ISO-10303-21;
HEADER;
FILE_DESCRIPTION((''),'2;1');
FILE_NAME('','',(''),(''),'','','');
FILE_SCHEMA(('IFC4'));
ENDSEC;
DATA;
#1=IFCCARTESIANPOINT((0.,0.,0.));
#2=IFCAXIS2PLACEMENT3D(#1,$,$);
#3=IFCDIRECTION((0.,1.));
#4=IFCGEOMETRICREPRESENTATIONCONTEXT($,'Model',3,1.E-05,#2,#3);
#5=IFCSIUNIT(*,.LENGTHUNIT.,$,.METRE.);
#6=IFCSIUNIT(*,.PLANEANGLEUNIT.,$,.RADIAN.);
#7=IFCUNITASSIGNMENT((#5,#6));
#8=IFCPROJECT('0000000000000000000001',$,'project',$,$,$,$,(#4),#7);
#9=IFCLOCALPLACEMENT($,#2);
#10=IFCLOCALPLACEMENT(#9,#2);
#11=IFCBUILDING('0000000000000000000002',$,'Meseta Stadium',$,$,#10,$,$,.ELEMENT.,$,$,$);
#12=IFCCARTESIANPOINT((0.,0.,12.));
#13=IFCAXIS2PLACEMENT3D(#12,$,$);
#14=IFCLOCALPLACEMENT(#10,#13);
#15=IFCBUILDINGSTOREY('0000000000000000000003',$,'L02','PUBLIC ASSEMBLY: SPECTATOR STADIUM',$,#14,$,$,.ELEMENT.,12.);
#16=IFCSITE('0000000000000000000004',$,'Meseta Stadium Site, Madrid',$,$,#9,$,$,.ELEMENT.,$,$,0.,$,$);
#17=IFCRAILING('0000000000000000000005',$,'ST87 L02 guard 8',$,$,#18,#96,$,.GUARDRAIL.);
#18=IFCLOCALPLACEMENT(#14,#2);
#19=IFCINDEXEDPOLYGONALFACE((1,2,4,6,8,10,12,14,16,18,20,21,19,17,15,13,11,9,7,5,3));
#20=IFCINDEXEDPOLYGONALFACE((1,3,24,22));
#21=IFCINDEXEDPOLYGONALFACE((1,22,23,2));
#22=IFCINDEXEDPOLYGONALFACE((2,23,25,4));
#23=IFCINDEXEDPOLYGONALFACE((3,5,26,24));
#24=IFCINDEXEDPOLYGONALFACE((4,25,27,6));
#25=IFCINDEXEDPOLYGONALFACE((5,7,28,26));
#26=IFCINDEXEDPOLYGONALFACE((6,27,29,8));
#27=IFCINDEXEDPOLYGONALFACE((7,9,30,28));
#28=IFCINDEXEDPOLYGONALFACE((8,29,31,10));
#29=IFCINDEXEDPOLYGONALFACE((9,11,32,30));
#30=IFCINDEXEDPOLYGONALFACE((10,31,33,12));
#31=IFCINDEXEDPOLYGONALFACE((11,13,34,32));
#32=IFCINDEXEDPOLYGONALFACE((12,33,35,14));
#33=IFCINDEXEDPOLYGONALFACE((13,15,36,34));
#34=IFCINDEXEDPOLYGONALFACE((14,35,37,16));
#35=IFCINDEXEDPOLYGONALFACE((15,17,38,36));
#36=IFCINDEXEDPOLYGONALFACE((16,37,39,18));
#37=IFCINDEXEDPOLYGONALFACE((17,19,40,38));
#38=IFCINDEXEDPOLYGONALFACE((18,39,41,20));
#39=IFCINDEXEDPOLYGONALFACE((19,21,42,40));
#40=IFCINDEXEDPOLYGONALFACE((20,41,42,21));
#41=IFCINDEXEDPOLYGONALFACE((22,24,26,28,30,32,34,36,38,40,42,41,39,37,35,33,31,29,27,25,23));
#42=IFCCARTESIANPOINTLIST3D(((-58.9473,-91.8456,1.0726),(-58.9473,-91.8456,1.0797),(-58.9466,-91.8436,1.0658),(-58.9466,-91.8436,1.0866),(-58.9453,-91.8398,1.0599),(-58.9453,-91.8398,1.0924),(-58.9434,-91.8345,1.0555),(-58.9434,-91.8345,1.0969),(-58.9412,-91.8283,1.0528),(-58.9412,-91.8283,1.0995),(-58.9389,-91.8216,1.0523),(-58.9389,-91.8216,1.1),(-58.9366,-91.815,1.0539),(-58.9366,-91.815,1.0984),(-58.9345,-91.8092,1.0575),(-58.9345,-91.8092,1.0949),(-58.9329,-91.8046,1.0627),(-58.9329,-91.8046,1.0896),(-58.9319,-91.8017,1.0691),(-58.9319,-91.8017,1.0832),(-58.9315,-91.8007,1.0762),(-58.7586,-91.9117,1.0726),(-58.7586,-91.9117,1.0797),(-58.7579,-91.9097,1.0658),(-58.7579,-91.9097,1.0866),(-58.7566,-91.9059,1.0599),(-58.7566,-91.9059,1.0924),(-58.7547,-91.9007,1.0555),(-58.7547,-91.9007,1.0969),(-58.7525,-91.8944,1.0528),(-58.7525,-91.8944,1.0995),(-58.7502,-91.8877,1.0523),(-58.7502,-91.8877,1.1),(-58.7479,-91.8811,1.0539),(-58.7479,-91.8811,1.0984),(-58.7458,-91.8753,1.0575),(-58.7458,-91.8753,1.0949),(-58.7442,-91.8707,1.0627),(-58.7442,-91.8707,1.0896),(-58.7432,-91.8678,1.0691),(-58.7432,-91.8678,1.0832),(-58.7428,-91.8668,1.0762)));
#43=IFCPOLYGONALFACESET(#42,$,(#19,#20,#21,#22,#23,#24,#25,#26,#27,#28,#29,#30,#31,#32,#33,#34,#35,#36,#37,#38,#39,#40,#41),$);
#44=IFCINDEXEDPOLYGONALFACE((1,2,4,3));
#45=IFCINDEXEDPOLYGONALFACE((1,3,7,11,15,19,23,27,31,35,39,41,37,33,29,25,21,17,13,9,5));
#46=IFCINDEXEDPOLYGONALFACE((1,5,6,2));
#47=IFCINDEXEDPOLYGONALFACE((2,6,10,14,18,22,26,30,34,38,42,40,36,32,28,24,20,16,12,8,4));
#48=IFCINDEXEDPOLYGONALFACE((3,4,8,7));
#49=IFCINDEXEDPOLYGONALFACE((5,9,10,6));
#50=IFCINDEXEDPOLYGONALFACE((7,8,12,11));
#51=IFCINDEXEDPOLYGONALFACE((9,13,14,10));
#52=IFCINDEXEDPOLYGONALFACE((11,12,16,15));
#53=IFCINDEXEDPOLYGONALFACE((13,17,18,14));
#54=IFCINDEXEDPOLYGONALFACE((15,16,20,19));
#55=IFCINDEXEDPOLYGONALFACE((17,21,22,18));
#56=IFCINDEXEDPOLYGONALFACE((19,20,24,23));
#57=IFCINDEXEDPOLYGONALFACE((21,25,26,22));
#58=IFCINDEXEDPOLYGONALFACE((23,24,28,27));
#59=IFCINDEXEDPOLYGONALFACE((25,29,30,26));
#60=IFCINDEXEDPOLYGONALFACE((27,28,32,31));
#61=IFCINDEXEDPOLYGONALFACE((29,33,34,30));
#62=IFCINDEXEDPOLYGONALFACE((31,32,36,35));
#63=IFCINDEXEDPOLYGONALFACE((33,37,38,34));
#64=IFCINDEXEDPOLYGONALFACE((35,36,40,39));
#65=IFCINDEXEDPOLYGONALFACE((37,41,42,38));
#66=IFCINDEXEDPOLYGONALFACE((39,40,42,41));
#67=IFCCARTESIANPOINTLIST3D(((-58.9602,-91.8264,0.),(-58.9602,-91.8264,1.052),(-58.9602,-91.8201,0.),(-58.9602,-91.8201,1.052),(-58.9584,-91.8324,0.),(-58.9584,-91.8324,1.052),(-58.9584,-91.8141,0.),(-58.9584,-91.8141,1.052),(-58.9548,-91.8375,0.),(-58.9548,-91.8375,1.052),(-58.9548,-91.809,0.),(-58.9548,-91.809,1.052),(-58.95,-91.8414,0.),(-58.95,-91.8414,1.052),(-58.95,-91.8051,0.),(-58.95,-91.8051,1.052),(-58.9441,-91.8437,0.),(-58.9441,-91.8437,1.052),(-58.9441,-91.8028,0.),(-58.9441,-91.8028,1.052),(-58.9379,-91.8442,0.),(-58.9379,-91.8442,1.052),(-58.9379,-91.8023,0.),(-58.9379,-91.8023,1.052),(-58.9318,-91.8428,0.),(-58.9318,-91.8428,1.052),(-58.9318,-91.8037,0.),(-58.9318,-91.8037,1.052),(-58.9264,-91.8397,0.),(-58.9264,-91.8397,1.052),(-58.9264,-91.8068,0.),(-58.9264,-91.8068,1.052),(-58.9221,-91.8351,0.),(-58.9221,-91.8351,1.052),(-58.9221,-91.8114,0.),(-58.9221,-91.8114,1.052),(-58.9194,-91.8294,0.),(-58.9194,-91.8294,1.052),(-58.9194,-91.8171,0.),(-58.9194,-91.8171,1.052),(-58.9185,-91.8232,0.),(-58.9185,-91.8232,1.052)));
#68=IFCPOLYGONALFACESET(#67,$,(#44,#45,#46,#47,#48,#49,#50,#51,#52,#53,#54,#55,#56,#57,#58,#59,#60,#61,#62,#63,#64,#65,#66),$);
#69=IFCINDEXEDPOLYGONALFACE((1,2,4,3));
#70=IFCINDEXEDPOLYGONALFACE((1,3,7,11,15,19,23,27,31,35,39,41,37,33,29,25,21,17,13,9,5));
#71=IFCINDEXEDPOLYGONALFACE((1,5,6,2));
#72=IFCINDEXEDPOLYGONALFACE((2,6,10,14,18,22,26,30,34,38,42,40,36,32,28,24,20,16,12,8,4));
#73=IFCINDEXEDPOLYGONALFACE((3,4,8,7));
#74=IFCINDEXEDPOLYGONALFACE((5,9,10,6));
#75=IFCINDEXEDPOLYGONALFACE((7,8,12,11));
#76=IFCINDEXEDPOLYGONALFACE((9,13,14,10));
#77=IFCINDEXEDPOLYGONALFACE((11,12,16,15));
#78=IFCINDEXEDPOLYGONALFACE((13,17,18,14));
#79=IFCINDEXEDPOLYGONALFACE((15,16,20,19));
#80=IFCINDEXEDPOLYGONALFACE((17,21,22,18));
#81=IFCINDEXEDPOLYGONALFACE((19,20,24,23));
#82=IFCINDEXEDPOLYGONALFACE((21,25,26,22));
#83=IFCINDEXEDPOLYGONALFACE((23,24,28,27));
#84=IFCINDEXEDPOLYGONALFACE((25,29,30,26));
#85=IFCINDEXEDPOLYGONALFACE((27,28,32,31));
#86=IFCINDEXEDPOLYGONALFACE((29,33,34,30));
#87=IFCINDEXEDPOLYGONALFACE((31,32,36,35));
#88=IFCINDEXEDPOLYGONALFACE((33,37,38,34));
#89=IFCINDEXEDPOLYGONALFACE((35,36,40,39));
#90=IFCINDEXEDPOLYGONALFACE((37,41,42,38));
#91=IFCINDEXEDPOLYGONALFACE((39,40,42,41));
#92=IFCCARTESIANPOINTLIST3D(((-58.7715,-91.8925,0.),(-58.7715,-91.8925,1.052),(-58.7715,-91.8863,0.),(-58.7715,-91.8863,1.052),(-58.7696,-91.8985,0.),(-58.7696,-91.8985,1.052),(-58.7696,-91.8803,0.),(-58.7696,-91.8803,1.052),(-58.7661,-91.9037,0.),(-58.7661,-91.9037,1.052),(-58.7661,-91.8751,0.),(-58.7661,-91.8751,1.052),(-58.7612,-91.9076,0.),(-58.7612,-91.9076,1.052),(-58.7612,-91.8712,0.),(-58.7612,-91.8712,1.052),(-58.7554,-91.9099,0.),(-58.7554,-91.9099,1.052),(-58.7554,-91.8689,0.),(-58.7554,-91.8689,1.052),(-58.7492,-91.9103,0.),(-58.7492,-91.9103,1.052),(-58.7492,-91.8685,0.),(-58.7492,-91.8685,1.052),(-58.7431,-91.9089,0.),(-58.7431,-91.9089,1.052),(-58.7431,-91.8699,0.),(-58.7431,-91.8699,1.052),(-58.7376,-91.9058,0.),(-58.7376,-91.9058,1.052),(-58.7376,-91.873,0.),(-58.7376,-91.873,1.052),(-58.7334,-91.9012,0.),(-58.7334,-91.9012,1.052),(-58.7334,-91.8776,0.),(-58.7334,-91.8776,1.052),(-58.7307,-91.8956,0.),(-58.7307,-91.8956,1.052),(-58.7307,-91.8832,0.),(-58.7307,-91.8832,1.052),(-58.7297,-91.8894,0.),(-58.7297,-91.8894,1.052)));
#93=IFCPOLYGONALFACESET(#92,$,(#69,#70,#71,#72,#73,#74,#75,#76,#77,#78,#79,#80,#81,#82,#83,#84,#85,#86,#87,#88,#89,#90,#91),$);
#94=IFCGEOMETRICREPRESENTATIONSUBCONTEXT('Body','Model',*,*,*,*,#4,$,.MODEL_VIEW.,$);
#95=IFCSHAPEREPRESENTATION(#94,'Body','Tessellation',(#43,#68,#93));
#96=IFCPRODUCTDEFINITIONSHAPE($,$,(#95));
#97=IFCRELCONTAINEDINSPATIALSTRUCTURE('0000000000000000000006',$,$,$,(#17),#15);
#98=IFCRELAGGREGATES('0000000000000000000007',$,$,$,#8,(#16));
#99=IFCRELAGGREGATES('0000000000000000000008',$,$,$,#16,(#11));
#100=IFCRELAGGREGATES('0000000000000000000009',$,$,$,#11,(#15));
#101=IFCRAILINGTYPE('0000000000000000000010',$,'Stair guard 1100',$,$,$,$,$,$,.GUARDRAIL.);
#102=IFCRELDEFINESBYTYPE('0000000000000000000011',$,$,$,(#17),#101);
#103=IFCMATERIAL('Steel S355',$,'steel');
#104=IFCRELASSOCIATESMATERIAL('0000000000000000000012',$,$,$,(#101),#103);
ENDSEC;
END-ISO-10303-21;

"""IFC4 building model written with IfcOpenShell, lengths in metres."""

from ifc_helpers import new_model, si_unit, direction, frame, origin, origin_2d, place, context, subcontext, project, spatial, circle, extrude, material, type_object, element, save


model = new_model("IFC4")

# Units and contexts
model_context = context("Model", 3, precision=1e-05, world=origin(), true_north=direction((0.0, 1.0)))
body_context = subcontext(model_context, "Body", "Model", "MODEL_VIEW")
ifc_project = project(units=[si_unit("LENGTHUNIT", "METRE"), si_unit("PLANEANGLEUNIT", "RADIAN")], contexts=[model_context])

# Site, building, storey
site_placement = place(None, origin())
site = spatial("IfcSite", under=ifc_project, at=site_placement, Name="Meseta Stadium Site, Madrid", CompositionType="ELEMENT", RefElevation=0.0)
building_placement = place(site_placement, origin())
building = spatial("IfcBuilding", under=site, at=building_placement, Name="Meseta Stadium", CompositionType="ELEMENT")
storey_placement = place(building_placement, frame((0.0, 0.0, 12.0)))
storey = spatial("IfcBuildingStorey", under=building, at=storey_placement, Name="L02", Description="PUBLIC ASSEMBLY: SPECTATOR STADIUM", CompositionType="ELEMENT", Elevation=12.0)

# Railing
ifc_material_1 = material(Name="Steel S355", Category="steel")
railing_type_1 = type_object("IfcRailingType", Name="Stair guard 1100", PredefinedType="GUARDRAIL", material=ifc_material_1)
railing_1_placement = place(storey_placement, frame((-58.9395, -91.8232, 0.0)))
element("IfcRailing", 1, at=railing_1_placement, inside=storey, type_object=railing_type_1, Name="ST87 L02 guard 8", PredefinedType="GUARDRAIL", context=body_context, shape_type="SweptSolid", body=[
    extrude(circle(Radius=0.0239, at=origin_2d()), frame((0.0, 0.0, 1.0762), z_axis=(0.943687, -0.33084, 0.0), x_axis=(0.33084, 0.943687, 0.0)), (0.0, 0.0, 1.0), 0.2),
    extrude(circle(Radius=0.021, at=origin_2d()), origin(), (0.0, 0.0, 1.0), 1.052),
    extrude(circle(Radius=0.021, at=origin_2d()), frame((0.1887, -0.0662, 0.0)), (0.0, 0.0, 1.0), 1.052),
])

save(model, "model.ifc")
